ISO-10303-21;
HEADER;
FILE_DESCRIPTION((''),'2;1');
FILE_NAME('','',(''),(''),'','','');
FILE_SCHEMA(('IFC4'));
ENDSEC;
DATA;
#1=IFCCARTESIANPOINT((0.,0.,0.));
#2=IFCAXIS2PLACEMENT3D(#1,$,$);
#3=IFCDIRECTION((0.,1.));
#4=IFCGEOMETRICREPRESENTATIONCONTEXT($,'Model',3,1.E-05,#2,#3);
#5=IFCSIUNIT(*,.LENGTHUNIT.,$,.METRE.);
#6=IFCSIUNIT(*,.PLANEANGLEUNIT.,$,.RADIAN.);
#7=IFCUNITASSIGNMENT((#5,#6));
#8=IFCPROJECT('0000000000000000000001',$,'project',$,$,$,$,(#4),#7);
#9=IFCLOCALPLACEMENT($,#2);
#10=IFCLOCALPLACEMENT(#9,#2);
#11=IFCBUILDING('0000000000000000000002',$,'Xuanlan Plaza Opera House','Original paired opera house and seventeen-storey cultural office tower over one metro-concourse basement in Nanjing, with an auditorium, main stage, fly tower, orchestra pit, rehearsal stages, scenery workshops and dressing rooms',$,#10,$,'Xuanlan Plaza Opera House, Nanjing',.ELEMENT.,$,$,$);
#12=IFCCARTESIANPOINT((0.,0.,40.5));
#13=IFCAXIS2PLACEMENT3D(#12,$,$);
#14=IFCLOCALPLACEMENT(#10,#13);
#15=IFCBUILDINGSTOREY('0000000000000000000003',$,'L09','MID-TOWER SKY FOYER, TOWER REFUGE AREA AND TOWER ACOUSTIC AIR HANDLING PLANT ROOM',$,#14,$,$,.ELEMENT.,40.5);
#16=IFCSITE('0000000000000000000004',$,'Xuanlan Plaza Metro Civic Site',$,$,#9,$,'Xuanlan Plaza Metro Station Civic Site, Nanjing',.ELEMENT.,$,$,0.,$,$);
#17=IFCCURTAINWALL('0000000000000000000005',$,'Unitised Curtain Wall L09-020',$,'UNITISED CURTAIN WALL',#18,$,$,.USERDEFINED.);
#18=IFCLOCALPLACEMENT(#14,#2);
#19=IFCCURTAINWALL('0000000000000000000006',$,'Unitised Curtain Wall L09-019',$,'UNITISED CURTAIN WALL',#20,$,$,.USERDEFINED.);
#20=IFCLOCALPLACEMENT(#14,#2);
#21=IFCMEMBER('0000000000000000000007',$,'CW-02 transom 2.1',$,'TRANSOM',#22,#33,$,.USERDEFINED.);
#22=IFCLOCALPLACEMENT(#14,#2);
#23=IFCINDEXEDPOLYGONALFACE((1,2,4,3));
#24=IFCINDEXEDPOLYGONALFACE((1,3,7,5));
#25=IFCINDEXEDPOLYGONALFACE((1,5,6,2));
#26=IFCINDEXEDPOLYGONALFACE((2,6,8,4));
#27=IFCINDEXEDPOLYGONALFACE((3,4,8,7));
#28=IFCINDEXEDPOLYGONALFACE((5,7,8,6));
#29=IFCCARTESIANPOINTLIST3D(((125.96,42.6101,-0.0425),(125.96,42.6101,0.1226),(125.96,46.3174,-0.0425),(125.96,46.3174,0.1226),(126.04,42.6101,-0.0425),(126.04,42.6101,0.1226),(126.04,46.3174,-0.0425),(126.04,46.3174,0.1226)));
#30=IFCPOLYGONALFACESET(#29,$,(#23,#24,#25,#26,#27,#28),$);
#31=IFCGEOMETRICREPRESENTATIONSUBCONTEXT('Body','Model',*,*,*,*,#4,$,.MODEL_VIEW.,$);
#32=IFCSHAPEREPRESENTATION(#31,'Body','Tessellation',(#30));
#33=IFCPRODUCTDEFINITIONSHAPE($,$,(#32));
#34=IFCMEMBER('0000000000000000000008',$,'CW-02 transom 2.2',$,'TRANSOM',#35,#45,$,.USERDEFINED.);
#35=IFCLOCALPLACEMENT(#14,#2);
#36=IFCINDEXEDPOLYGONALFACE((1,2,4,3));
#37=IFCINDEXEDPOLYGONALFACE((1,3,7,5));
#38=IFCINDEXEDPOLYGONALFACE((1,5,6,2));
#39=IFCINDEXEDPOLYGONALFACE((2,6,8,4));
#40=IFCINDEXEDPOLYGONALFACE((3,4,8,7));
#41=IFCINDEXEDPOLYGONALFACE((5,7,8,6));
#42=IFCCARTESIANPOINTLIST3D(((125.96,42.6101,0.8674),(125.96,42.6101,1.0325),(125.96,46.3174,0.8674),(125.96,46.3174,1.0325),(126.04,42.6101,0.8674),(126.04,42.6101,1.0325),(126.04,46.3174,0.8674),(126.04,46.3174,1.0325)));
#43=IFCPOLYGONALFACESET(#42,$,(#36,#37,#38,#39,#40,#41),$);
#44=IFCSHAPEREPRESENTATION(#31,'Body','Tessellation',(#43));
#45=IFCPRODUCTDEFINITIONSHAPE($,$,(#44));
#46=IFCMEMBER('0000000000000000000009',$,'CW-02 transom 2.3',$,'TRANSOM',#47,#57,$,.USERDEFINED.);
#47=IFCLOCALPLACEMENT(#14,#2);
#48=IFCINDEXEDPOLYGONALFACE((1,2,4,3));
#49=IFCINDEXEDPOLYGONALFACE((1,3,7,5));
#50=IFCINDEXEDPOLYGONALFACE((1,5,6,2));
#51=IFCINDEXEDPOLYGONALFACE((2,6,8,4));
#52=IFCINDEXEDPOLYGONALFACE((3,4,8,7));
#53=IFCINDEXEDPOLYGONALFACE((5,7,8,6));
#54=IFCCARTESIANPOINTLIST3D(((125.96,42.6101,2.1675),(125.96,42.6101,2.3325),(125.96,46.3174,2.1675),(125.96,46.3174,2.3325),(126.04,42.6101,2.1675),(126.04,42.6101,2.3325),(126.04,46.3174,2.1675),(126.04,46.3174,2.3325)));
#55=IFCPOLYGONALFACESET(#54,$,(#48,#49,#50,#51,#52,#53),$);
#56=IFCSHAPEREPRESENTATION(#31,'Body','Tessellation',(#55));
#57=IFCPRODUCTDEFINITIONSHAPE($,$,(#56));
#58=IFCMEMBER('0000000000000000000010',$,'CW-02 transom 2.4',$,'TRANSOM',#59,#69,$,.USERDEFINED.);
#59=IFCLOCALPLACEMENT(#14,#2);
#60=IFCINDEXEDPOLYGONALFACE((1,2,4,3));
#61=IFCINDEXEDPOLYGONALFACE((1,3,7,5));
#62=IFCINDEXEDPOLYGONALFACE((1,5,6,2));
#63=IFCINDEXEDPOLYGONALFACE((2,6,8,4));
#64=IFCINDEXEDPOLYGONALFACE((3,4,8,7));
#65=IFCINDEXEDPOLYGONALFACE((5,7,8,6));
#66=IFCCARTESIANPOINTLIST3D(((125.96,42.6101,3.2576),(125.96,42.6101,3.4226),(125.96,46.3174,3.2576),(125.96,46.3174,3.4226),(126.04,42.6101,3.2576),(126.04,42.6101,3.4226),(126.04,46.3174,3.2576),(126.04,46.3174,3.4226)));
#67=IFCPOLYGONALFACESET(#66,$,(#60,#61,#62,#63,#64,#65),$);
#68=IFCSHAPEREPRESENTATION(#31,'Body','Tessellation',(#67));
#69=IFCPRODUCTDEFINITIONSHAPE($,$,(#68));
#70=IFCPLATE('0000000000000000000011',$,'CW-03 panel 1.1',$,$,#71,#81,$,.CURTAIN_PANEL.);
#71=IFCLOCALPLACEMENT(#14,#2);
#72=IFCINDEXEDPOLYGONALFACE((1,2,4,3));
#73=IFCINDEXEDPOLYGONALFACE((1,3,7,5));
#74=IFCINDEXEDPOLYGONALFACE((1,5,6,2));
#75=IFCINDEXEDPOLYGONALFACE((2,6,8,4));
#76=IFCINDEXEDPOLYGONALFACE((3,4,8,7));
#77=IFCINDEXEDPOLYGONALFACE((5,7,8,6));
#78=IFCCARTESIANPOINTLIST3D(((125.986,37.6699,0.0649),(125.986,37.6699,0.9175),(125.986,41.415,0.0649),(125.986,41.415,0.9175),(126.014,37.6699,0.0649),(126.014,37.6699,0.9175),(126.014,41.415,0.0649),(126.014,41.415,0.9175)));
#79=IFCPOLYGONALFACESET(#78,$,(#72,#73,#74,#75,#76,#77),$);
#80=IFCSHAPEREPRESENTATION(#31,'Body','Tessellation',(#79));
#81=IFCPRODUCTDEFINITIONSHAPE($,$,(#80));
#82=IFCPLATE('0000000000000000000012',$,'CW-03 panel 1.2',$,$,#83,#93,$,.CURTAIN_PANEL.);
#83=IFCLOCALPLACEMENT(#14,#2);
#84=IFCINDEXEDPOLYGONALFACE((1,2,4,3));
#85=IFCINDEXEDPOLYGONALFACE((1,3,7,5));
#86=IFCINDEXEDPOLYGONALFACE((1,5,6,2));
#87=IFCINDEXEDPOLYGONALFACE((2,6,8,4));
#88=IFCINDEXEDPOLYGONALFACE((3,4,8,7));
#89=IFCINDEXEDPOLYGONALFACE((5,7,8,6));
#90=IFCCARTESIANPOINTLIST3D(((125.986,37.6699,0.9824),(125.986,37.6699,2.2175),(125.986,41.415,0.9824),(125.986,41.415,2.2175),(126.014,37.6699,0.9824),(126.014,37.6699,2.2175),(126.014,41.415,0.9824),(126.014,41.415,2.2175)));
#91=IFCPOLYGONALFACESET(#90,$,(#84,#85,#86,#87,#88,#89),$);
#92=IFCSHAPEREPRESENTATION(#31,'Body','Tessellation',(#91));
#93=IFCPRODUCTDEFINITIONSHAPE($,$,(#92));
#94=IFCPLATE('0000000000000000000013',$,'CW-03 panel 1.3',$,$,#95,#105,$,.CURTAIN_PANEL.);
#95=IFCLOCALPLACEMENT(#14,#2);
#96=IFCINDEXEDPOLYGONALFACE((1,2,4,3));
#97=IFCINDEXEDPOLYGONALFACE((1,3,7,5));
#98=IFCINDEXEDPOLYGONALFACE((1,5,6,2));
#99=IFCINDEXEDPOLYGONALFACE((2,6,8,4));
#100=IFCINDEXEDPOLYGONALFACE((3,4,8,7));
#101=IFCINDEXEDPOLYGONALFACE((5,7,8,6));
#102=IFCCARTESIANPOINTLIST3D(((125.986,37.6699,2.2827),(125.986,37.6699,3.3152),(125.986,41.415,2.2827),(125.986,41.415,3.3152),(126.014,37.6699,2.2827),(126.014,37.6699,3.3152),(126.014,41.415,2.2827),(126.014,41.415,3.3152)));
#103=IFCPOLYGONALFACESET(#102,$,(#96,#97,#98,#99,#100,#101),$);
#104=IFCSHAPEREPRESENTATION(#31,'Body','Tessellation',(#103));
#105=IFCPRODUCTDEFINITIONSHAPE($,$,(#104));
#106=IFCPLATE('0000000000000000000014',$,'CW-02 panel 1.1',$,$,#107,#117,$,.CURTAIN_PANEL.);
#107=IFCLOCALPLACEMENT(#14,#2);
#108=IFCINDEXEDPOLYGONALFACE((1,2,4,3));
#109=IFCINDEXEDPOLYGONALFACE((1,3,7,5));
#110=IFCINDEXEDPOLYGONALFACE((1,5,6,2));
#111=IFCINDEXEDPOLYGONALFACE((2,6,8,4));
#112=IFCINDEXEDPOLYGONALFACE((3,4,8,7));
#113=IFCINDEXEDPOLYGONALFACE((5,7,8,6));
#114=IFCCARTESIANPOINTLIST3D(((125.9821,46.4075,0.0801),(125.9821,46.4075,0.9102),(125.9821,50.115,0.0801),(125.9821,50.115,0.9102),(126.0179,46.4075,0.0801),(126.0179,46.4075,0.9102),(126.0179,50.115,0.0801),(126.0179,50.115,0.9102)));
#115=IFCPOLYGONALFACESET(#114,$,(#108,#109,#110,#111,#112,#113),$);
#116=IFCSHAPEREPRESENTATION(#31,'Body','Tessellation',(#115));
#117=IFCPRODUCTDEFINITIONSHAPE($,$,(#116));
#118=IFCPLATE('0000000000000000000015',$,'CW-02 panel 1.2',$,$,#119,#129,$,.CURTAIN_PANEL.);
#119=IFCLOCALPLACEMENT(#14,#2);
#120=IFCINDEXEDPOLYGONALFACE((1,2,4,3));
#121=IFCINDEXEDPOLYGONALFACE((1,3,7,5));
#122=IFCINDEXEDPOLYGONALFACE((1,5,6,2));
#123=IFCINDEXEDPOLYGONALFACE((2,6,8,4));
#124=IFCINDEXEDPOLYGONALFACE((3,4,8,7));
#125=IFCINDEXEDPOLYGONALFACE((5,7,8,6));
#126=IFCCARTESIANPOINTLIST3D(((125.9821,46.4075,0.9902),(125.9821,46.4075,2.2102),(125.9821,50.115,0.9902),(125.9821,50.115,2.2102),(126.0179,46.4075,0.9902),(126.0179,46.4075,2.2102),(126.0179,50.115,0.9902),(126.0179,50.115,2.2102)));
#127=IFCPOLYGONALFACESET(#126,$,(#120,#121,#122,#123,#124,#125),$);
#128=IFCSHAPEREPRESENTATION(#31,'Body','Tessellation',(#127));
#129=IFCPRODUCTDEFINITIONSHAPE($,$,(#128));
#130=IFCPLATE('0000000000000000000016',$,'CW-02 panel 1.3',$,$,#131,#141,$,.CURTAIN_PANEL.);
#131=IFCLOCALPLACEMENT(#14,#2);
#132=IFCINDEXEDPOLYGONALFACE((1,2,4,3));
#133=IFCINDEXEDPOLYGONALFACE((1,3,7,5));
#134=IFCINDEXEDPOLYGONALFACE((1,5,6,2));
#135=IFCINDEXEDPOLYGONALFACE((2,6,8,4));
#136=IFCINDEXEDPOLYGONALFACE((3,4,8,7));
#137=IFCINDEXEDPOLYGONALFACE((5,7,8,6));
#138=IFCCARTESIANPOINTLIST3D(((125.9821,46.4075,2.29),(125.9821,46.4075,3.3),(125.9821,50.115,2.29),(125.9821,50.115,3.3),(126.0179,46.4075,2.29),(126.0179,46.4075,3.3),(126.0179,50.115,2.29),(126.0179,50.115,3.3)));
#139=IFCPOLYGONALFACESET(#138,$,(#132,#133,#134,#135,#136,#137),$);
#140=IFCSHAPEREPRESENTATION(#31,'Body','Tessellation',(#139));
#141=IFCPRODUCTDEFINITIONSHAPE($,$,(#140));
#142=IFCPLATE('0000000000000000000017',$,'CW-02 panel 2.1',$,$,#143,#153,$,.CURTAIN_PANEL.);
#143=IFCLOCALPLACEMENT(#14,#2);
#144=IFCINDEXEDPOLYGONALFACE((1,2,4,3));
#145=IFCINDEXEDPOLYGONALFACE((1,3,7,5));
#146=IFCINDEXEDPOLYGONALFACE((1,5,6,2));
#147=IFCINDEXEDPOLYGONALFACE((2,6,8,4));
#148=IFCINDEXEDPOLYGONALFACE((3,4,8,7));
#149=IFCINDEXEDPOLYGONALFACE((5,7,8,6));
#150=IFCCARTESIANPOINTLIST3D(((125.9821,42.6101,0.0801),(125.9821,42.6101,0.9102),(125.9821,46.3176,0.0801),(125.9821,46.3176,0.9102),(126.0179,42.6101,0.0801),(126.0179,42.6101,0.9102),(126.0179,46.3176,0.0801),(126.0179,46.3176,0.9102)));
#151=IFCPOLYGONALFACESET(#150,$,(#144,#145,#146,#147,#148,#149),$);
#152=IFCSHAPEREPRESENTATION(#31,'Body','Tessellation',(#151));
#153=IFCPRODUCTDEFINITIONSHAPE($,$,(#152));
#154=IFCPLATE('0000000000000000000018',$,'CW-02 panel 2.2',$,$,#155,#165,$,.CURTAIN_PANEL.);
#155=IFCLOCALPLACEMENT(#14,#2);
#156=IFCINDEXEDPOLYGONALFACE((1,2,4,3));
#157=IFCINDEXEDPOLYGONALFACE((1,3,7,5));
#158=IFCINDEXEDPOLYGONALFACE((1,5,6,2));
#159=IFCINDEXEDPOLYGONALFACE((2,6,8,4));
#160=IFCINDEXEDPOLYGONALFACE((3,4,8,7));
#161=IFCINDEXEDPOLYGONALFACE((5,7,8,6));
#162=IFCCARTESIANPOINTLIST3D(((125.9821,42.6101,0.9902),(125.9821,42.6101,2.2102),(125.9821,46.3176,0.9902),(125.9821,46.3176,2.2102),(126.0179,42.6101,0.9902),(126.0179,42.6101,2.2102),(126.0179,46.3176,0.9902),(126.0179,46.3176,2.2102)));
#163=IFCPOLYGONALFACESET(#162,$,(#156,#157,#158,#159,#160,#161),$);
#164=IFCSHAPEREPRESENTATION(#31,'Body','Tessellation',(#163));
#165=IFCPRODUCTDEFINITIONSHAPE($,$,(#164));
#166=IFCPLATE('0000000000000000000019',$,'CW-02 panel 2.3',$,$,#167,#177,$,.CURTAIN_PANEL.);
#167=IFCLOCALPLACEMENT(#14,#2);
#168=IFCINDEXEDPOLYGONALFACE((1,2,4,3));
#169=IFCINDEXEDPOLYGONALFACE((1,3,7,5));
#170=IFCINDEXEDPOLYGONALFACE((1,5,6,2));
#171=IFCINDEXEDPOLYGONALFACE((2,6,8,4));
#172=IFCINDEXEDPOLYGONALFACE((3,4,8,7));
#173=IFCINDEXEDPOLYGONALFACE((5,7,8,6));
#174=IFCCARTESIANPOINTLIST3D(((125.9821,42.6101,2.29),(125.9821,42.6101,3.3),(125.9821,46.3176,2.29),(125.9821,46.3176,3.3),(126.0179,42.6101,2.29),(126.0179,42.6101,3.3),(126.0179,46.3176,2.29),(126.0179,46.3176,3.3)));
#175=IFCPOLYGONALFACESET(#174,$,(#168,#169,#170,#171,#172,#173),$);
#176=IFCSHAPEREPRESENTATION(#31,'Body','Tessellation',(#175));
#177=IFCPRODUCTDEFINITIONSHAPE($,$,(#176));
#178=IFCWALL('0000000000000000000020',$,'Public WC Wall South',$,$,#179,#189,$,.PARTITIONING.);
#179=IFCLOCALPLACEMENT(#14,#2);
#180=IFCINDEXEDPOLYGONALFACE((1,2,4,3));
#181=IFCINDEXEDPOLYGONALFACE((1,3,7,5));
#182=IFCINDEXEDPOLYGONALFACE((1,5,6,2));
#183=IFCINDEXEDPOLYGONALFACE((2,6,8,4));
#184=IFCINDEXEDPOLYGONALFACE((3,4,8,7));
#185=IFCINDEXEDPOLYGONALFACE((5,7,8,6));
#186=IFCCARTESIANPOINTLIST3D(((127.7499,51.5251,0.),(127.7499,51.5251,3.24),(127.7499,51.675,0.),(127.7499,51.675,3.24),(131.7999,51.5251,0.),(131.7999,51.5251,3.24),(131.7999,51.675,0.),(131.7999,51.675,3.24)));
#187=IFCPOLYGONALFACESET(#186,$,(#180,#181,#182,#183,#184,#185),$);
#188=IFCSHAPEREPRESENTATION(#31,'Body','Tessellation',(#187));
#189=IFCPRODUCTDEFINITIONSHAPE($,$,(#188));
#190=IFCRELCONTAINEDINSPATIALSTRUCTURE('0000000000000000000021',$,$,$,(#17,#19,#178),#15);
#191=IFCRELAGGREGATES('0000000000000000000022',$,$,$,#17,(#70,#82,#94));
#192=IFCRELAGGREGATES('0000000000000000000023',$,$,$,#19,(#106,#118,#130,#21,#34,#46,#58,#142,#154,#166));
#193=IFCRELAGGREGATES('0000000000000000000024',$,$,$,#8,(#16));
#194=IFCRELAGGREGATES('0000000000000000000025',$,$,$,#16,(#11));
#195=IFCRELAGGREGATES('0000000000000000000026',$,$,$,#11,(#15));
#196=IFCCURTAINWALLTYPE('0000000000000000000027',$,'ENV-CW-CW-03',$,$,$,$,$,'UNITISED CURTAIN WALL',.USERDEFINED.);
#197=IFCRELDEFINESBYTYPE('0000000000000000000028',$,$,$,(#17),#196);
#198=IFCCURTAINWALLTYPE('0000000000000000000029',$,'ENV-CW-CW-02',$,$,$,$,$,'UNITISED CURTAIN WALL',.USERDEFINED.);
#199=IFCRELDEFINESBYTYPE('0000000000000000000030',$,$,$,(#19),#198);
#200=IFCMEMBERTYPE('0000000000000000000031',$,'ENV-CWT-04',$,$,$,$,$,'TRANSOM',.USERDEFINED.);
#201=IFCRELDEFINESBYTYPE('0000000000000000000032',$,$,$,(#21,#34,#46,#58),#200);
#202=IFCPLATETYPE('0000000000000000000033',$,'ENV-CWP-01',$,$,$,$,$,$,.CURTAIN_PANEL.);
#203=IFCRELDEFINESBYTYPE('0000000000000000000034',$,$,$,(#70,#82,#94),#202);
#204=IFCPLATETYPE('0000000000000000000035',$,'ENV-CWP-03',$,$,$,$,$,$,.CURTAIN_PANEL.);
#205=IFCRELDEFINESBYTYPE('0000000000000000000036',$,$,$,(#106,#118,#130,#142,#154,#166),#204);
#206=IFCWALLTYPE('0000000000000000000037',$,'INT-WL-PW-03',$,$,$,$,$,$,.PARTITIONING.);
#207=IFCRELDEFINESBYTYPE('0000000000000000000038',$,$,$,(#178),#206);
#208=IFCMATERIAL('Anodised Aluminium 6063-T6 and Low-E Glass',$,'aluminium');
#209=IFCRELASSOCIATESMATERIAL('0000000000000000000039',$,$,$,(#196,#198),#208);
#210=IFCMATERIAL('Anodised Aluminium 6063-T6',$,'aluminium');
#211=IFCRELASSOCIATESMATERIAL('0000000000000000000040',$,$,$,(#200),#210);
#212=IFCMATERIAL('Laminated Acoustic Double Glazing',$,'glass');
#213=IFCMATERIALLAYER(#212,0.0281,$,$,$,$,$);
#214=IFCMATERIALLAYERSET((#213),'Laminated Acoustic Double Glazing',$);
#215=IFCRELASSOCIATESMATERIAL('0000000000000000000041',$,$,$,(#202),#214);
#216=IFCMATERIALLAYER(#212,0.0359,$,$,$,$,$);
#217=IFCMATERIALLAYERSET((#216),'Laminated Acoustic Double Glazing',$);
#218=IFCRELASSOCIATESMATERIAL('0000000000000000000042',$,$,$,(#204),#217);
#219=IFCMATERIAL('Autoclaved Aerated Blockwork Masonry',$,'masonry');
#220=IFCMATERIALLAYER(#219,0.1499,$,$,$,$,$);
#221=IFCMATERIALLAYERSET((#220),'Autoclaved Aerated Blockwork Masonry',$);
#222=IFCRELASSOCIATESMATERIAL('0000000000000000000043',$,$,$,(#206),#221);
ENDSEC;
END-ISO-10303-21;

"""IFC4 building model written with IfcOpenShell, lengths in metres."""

from ifc_helpers import new_model, si_unit, direction, frame, frame_2d, origin, origin_2d, place, context, subcontext, project, spatial, rectangle, extrude, material, layer, layer_set, material_profile, profile_set, type_object, element, aggregate, save


model = new_model("IFC4")

# Units and contexts
model_context = context("Model", 3, precision=1e-05, world=origin(), true_north=direction((0.0, 1.0)))
body_context = subcontext(model_context, "Body", "Model", "MODEL_VIEW")
ifc_project = project(units=[si_unit("LENGTHUNIT", "METRE"), si_unit("PLANEANGLEUNIT", "RADIAN")], contexts=[model_context])

# Site, building, storey
site_placement = place(None, origin())
site = spatial("IfcSite", under=ifc_project, at=site_placement, Name="Xuanlan Plaza Metro Civic Site", LongName="Xuanlan Plaza Metro Station Civic Site, Nanjing", CompositionType="ELEMENT", RefElevation=0.0)
building_placement = place(site_placement, origin())
building = spatial("IfcBuilding", under=site, at=building_placement, Name="Xuanlan Plaza Opera House", Description="Original paired opera house and seventeen-storey cultural office tower over one metro-concourse basement in Nanjing, with an auditorium, main stage, fly tower, orchestra pit, rehearsal stages, scenery workshops and dressing rooms", LongName="Xuanlan Plaza Opera House, Nanjing", CompositionType="ELEMENT")
storey_placement = place(building_placement, frame((0.0, 0.0, 40.5)))
storey = spatial("IfcBuildingStorey", under=building, at=storey_placement, Name="L09", Description="MID-TOWER SKY FOYER, TOWER REFUGE AREA AND TOWER ACOUSTIC AIR HANDLING PLANT ROOM", CompositionType="ELEMENT", Elevation=40.5)

# Curtain walls, members
ifc_material_1 = material(Name="Anodised Aluminium 6063-T6 and Low-E Glass", Category="aluminium")
curtain_wall_type_1 = type_object("IfcCurtainWallType", Name="ENV-CW-CW-03", ElementType="UNITISED CURTAIN WALL", PredefinedType="USERDEFINED", material=ifc_material_1)
curtain_wall_1_placement = place(storey_placement, origin())
curtain_wall_1 = element("IfcCurtainWall", 1, at=curtain_wall_1_placement, inside=storey, type_object=curtain_wall_type_1, Name="Unitised Curtain Wall L09-020", ObjectType="UNITISED CURTAIN WALL", PredefinedType="USERDEFINED")
ifc_material_2 = material(Name="Anodised Aluminium 6063-T6", Category="aluminium")
curtain_wall_type_2 = type_object("IfcCurtainWallType", Name="ENV-CW-CW-02", ElementType="UNITISED CURTAIN WALL", PredefinedType="USERDEFINED", material=ifc_material_1)
curtain_wall_2_placement = place(storey_placement, origin())
curtain_wall_2 = element("IfcCurtainWall", 2, at=curtain_wall_2_placement, inside=storey, type_object=curtain_wall_type_2, Name="Unitised Curtain Wall L09-019", ObjectType="UNITISED CURTAIN WALL", PredefinedType="USERDEFINED")
ifc_material_profile_1 = material_profile(ifc_material_2, rectangle(XDim=0.0801, YDim=0.165, at=origin_2d()), Name="ALU-T 80x165")
ifc_profile_set_1 = profile_set([ifc_material_profile_1], Name="Anodised Aluminium 6063-T6")
member_type_1 = type_object("IfcMemberType", Name="ENV-CWT-04", ElementType="TRANSOM", PredefinedType="USERDEFINED", material=ifc_profile_set_1)
member_1_placement = place(storey_placement, frame((126.0, 46.3174, 0.04), z_axis=(0.0, -1.0, 0.0), x_axis=(1.0, 0.0, 0.0)))
member_1 = element("IfcMember", 3, at=member_1_placement, type_object=member_type_1, Name="CW-02 transom 2.1", ObjectType="TRANSOM", PredefinedType="USERDEFINED", context=body_context, shape_type="SweptSolid", body=[
    extrude(rectangle(XDim=0.0801, YDim=0.165, at=origin_2d()), origin(), (0.0, 0.0, 1.0), 3.7073),
])
member_2_placement = place(storey_placement, frame((126.0, 46.3174, 0.95), z_axis=(0.0, -1.0, 0.0), x_axis=(1.0, 0.0, 0.0)))
member_2 = element("IfcMember", 4, at=member_2_placement, type_object=member_type_1, Name="CW-02 transom 2.2", ObjectType="TRANSOM", PredefinedType="USERDEFINED", context=body_context, shape_type="SweptSolid", body=[
    extrude(rectangle(XDim=0.0801, YDim=0.165, at=origin_2d()), origin(), (0.0, 0.0, 1.0), 3.7073),
])
member_3_placement = place(storey_placement, frame((126.0, 46.3174, 2.25), z_axis=(0.0, -1.0, 0.0), x_axis=(1.0, 0.0, 0.0)))
member_3 = element("IfcMember", 5, at=member_3_placement, type_object=member_type_1, Name="CW-02 transom 2.3", ObjectType="TRANSOM", PredefinedType="USERDEFINED", context=body_context, shape_type="SweptSolid", body=[
    extrude(rectangle(XDim=0.0801, YDim=0.165, at=origin_2d()), origin(), (0.0, 0.0, 1.0), 3.7073),
])
member_4_placement = place(storey_placement, frame((126.0, 46.3174, 3.3401), z_axis=(0.0, -1.0, 0.0), x_axis=(1.0, 0.0, 0.0)))
member_4 = element("IfcMember", 6, at=member_4_placement, type_object=member_type_1, Name="CW-02 transom 2.4", ObjectType="TRANSOM", PredefinedType="USERDEFINED", context=body_context, shape_type="SweptSolid", body=[
    extrude(rectangle(XDim=0.0801, YDim=0.165, at=origin_2d()), origin(), (0.0, 0.0, 1.0), 3.7073),
])

# Plates
ifc_material_3 = material(Name="Laminated Acoustic Double Glazing", Category="glass")
ifc_layer_1 = layer(ifc_material_3, 0.0281)
ifc_layer_set_1 = layer_set([ifc_layer_1], Name="Laminated Acoustic Double Glazing")
plate_type_1 = type_object("IfcPlateType", Name="ENV-CWP-01", PredefinedType="CURTAIN_PANEL", material=ifc_layer_set_1)
plate_1_placement = place(storey_placement, frame((126.0, 39.5425, 0.0649), z_axis=(0.0, 0.0, 1.0), x_axis=(0.0, -1.0, 0.0)))
plate_1 = element("IfcPlate", 7, at=plate_1_placement, type_object=plate_type_1, Name="CW-03 panel 1.1", PredefinedType="CURTAIN_PANEL", context=body_context, shape_type="SweptSolid", body=[
    extrude(rectangle(XDim=3.7451, YDim=0.0281, at=origin_2d()), origin(), (0.0, 0.0, 1.0), 0.8525),
])
plate_2_placement = place(storey_placement, frame((126.0, 39.5425, 0.9824), z_axis=(0.0, 0.0, 1.0), x_axis=(0.0, -1.0, 0.0)))
plate_2 = element("IfcPlate", 8, at=plate_2_placement, type_object=plate_type_1, Name="CW-03 panel 1.2", PredefinedType="CURTAIN_PANEL", context=body_context, shape_type="SweptSolid", body=[
    extrude(rectangle(XDim=3.7451, YDim=0.0281, at=origin_2d()), origin(), (0.0, 0.0, 1.0), 1.2351),
])
plate_3_placement = place(storey_placement, frame((126.0, 39.5425, 2.2827), z_axis=(0.0, 0.0, 1.0), x_axis=(0.0, -1.0, 0.0)))
plate_3 = element("IfcPlate", 9, at=plate_3_placement, type_object=plate_type_1, Name="CW-03 panel 1.3", PredefinedType="CURTAIN_PANEL", context=body_context, shape_type="SweptSolid", body=[
    extrude(rectangle(XDim=3.7451, YDim=0.0281, at=origin_2d()), origin(), (0.0, 0.0, 1.0), 1.0325),
])
aggregate(curtain_wall_1, [plate_1, plate_2, plate_3])
ifc_layer_2 = layer(ifc_material_3, 0.0359)
ifc_layer_set_2 = layer_set([ifc_layer_2], Name="Laminated Acoustic Double Glazing")
plate_type_2 = type_object("IfcPlateType", Name="ENV-CWP-03", PredefinedType="CURTAIN_PANEL", material=ifc_layer_set_2)
plate_4_placement = place(storey_placement, frame((126.0, 48.2612, 0.0801), z_axis=(0.0, 0.0, 1.0), x_axis=(0.0, -1.0, 0.0)))
plate_4 = element("IfcPlate", 10, at=plate_4_placement, type_object=plate_type_2, Name="CW-02 panel 1.1", PredefinedType="CURTAIN_PANEL", context=body_context, shape_type="SweptSolid", body=[
    extrude(rectangle(XDim=3.7075, YDim=0.0359, at=origin_2d()), origin(), (0.0, 0.0, 1.0), 0.8301),
])
plate_5_placement = place(storey_placement, frame((126.0, 48.2612, 0.9902), z_axis=(0.0, 0.0, 1.0), x_axis=(0.0, -1.0, 0.0)))
plate_5 = element("IfcPlate", 11, at=plate_5_placement, type_object=plate_type_2, Name="CW-02 panel 1.2", PredefinedType="CURTAIN_PANEL", context=body_context, shape_type="SweptSolid", body=[
    extrude(rectangle(XDim=3.7075, YDim=0.0359, at=origin_2d()), origin(), (0.0, 0.0, 1.0), 1.22),
])
plate_6_placement = place(storey_placement, frame((126.0, 48.2612, 2.29), z_axis=(0.0, 0.0, 1.0), x_axis=(0.0, -1.0, 0.0)))
plate_6 = element("IfcPlate", 12, at=plate_6_placement, type_object=plate_type_2, Name="CW-02 panel 1.3", PredefinedType="CURTAIN_PANEL", context=body_context, shape_type="SweptSolid", body=[
    extrude(rectangle(XDim=3.7075, YDim=0.0359, at=origin_2d()), origin(), (0.0, 0.0, 1.0), 1.01),
])
plate_7_placement = place(storey_placement, frame((126.0, 44.4639, 0.0801), z_axis=(0.0, 0.0, 1.0), x_axis=(0.0, -1.0, 0.0)))
plate_7 = element("IfcPlate", 13, at=plate_7_placement, type_object=plate_type_2, Name="CW-02 panel 2.1", PredefinedType="CURTAIN_PANEL", context=body_context, shape_type="SweptSolid", body=[
    extrude(rectangle(XDim=3.7075, YDim=0.0359, at=origin_2d()), origin(), (0.0, 0.0, 1.0), 0.8301),
])
plate_8_placement = place(storey_placement, frame((126.0, 44.4639, 0.9902), z_axis=(0.0, 0.0, 1.0), x_axis=(0.0, -1.0, 0.0)))
plate_8 = element("IfcPlate", 14, at=plate_8_placement, type_object=plate_type_2, Name="CW-02 panel 2.2", PredefinedType="CURTAIN_PANEL", context=body_context, shape_type="SweptSolid", body=[
    extrude(rectangle(XDim=3.7075, YDim=0.0359, at=origin_2d()), origin(), (0.0, 0.0, 1.0), 1.22),
])
plate_9_placement = place(storey_placement, frame((126.0, 44.4639, 2.29), z_axis=(0.0, 0.0, 1.0), x_axis=(0.0, -1.0, 0.0)))
plate_9 = element("IfcPlate", 15, at=plate_9_placement, type_object=plate_type_2, Name="CW-02 panel 2.3", PredefinedType="CURTAIN_PANEL", context=body_context, shape_type="SweptSolid", body=[
    extrude(rectangle(XDim=3.7075, YDim=0.0359, at=origin_2d()), origin(), (0.0, 0.0, 1.0), 1.01),
])
aggregate(curtain_wall_2, [plate_4, plate_5, plate_6, member_1, member_2, member_3, member_4, plate_7, plate_8, plate_9])

# Wall
ifc_material_4 = material(Name="Autoclaved Aerated Blockwork Masonry", Category="masonry")
ifc_layer_3 = layer(ifc_material_4, 0.1499)
ifc_layer_set_3 = layer_set([ifc_layer_3], Name="Autoclaved Aerated Blockwork Masonry")
wall_type_1 = type_object("IfcWallType", Name="INT-WL-PW-03", PredefinedType="PARTITIONING", material=ifc_layer_set_3)
wall_1_placement = place(storey_placement, frame((127.75, 51.6001, 0.0), z_axis=(0.0, 0.0, 1.0), x_axis=(1.0, 0.0, 0.0)))
element("IfcWall", 16, at=wall_1_placement, inside=storey, type_object=wall_type_1, Name="Public WC Wall South", PredefinedType="PARTITIONING", context=body_context, shape_type="SweptSolid", body=[
    extrude(rectangle(XDim=4.05, YDim=0.1499, at=frame_2d((2.0249, 0.0))), origin(), (0.0, 0.0, 1.0), 3.24),
])

save(model, "model.ifc")
